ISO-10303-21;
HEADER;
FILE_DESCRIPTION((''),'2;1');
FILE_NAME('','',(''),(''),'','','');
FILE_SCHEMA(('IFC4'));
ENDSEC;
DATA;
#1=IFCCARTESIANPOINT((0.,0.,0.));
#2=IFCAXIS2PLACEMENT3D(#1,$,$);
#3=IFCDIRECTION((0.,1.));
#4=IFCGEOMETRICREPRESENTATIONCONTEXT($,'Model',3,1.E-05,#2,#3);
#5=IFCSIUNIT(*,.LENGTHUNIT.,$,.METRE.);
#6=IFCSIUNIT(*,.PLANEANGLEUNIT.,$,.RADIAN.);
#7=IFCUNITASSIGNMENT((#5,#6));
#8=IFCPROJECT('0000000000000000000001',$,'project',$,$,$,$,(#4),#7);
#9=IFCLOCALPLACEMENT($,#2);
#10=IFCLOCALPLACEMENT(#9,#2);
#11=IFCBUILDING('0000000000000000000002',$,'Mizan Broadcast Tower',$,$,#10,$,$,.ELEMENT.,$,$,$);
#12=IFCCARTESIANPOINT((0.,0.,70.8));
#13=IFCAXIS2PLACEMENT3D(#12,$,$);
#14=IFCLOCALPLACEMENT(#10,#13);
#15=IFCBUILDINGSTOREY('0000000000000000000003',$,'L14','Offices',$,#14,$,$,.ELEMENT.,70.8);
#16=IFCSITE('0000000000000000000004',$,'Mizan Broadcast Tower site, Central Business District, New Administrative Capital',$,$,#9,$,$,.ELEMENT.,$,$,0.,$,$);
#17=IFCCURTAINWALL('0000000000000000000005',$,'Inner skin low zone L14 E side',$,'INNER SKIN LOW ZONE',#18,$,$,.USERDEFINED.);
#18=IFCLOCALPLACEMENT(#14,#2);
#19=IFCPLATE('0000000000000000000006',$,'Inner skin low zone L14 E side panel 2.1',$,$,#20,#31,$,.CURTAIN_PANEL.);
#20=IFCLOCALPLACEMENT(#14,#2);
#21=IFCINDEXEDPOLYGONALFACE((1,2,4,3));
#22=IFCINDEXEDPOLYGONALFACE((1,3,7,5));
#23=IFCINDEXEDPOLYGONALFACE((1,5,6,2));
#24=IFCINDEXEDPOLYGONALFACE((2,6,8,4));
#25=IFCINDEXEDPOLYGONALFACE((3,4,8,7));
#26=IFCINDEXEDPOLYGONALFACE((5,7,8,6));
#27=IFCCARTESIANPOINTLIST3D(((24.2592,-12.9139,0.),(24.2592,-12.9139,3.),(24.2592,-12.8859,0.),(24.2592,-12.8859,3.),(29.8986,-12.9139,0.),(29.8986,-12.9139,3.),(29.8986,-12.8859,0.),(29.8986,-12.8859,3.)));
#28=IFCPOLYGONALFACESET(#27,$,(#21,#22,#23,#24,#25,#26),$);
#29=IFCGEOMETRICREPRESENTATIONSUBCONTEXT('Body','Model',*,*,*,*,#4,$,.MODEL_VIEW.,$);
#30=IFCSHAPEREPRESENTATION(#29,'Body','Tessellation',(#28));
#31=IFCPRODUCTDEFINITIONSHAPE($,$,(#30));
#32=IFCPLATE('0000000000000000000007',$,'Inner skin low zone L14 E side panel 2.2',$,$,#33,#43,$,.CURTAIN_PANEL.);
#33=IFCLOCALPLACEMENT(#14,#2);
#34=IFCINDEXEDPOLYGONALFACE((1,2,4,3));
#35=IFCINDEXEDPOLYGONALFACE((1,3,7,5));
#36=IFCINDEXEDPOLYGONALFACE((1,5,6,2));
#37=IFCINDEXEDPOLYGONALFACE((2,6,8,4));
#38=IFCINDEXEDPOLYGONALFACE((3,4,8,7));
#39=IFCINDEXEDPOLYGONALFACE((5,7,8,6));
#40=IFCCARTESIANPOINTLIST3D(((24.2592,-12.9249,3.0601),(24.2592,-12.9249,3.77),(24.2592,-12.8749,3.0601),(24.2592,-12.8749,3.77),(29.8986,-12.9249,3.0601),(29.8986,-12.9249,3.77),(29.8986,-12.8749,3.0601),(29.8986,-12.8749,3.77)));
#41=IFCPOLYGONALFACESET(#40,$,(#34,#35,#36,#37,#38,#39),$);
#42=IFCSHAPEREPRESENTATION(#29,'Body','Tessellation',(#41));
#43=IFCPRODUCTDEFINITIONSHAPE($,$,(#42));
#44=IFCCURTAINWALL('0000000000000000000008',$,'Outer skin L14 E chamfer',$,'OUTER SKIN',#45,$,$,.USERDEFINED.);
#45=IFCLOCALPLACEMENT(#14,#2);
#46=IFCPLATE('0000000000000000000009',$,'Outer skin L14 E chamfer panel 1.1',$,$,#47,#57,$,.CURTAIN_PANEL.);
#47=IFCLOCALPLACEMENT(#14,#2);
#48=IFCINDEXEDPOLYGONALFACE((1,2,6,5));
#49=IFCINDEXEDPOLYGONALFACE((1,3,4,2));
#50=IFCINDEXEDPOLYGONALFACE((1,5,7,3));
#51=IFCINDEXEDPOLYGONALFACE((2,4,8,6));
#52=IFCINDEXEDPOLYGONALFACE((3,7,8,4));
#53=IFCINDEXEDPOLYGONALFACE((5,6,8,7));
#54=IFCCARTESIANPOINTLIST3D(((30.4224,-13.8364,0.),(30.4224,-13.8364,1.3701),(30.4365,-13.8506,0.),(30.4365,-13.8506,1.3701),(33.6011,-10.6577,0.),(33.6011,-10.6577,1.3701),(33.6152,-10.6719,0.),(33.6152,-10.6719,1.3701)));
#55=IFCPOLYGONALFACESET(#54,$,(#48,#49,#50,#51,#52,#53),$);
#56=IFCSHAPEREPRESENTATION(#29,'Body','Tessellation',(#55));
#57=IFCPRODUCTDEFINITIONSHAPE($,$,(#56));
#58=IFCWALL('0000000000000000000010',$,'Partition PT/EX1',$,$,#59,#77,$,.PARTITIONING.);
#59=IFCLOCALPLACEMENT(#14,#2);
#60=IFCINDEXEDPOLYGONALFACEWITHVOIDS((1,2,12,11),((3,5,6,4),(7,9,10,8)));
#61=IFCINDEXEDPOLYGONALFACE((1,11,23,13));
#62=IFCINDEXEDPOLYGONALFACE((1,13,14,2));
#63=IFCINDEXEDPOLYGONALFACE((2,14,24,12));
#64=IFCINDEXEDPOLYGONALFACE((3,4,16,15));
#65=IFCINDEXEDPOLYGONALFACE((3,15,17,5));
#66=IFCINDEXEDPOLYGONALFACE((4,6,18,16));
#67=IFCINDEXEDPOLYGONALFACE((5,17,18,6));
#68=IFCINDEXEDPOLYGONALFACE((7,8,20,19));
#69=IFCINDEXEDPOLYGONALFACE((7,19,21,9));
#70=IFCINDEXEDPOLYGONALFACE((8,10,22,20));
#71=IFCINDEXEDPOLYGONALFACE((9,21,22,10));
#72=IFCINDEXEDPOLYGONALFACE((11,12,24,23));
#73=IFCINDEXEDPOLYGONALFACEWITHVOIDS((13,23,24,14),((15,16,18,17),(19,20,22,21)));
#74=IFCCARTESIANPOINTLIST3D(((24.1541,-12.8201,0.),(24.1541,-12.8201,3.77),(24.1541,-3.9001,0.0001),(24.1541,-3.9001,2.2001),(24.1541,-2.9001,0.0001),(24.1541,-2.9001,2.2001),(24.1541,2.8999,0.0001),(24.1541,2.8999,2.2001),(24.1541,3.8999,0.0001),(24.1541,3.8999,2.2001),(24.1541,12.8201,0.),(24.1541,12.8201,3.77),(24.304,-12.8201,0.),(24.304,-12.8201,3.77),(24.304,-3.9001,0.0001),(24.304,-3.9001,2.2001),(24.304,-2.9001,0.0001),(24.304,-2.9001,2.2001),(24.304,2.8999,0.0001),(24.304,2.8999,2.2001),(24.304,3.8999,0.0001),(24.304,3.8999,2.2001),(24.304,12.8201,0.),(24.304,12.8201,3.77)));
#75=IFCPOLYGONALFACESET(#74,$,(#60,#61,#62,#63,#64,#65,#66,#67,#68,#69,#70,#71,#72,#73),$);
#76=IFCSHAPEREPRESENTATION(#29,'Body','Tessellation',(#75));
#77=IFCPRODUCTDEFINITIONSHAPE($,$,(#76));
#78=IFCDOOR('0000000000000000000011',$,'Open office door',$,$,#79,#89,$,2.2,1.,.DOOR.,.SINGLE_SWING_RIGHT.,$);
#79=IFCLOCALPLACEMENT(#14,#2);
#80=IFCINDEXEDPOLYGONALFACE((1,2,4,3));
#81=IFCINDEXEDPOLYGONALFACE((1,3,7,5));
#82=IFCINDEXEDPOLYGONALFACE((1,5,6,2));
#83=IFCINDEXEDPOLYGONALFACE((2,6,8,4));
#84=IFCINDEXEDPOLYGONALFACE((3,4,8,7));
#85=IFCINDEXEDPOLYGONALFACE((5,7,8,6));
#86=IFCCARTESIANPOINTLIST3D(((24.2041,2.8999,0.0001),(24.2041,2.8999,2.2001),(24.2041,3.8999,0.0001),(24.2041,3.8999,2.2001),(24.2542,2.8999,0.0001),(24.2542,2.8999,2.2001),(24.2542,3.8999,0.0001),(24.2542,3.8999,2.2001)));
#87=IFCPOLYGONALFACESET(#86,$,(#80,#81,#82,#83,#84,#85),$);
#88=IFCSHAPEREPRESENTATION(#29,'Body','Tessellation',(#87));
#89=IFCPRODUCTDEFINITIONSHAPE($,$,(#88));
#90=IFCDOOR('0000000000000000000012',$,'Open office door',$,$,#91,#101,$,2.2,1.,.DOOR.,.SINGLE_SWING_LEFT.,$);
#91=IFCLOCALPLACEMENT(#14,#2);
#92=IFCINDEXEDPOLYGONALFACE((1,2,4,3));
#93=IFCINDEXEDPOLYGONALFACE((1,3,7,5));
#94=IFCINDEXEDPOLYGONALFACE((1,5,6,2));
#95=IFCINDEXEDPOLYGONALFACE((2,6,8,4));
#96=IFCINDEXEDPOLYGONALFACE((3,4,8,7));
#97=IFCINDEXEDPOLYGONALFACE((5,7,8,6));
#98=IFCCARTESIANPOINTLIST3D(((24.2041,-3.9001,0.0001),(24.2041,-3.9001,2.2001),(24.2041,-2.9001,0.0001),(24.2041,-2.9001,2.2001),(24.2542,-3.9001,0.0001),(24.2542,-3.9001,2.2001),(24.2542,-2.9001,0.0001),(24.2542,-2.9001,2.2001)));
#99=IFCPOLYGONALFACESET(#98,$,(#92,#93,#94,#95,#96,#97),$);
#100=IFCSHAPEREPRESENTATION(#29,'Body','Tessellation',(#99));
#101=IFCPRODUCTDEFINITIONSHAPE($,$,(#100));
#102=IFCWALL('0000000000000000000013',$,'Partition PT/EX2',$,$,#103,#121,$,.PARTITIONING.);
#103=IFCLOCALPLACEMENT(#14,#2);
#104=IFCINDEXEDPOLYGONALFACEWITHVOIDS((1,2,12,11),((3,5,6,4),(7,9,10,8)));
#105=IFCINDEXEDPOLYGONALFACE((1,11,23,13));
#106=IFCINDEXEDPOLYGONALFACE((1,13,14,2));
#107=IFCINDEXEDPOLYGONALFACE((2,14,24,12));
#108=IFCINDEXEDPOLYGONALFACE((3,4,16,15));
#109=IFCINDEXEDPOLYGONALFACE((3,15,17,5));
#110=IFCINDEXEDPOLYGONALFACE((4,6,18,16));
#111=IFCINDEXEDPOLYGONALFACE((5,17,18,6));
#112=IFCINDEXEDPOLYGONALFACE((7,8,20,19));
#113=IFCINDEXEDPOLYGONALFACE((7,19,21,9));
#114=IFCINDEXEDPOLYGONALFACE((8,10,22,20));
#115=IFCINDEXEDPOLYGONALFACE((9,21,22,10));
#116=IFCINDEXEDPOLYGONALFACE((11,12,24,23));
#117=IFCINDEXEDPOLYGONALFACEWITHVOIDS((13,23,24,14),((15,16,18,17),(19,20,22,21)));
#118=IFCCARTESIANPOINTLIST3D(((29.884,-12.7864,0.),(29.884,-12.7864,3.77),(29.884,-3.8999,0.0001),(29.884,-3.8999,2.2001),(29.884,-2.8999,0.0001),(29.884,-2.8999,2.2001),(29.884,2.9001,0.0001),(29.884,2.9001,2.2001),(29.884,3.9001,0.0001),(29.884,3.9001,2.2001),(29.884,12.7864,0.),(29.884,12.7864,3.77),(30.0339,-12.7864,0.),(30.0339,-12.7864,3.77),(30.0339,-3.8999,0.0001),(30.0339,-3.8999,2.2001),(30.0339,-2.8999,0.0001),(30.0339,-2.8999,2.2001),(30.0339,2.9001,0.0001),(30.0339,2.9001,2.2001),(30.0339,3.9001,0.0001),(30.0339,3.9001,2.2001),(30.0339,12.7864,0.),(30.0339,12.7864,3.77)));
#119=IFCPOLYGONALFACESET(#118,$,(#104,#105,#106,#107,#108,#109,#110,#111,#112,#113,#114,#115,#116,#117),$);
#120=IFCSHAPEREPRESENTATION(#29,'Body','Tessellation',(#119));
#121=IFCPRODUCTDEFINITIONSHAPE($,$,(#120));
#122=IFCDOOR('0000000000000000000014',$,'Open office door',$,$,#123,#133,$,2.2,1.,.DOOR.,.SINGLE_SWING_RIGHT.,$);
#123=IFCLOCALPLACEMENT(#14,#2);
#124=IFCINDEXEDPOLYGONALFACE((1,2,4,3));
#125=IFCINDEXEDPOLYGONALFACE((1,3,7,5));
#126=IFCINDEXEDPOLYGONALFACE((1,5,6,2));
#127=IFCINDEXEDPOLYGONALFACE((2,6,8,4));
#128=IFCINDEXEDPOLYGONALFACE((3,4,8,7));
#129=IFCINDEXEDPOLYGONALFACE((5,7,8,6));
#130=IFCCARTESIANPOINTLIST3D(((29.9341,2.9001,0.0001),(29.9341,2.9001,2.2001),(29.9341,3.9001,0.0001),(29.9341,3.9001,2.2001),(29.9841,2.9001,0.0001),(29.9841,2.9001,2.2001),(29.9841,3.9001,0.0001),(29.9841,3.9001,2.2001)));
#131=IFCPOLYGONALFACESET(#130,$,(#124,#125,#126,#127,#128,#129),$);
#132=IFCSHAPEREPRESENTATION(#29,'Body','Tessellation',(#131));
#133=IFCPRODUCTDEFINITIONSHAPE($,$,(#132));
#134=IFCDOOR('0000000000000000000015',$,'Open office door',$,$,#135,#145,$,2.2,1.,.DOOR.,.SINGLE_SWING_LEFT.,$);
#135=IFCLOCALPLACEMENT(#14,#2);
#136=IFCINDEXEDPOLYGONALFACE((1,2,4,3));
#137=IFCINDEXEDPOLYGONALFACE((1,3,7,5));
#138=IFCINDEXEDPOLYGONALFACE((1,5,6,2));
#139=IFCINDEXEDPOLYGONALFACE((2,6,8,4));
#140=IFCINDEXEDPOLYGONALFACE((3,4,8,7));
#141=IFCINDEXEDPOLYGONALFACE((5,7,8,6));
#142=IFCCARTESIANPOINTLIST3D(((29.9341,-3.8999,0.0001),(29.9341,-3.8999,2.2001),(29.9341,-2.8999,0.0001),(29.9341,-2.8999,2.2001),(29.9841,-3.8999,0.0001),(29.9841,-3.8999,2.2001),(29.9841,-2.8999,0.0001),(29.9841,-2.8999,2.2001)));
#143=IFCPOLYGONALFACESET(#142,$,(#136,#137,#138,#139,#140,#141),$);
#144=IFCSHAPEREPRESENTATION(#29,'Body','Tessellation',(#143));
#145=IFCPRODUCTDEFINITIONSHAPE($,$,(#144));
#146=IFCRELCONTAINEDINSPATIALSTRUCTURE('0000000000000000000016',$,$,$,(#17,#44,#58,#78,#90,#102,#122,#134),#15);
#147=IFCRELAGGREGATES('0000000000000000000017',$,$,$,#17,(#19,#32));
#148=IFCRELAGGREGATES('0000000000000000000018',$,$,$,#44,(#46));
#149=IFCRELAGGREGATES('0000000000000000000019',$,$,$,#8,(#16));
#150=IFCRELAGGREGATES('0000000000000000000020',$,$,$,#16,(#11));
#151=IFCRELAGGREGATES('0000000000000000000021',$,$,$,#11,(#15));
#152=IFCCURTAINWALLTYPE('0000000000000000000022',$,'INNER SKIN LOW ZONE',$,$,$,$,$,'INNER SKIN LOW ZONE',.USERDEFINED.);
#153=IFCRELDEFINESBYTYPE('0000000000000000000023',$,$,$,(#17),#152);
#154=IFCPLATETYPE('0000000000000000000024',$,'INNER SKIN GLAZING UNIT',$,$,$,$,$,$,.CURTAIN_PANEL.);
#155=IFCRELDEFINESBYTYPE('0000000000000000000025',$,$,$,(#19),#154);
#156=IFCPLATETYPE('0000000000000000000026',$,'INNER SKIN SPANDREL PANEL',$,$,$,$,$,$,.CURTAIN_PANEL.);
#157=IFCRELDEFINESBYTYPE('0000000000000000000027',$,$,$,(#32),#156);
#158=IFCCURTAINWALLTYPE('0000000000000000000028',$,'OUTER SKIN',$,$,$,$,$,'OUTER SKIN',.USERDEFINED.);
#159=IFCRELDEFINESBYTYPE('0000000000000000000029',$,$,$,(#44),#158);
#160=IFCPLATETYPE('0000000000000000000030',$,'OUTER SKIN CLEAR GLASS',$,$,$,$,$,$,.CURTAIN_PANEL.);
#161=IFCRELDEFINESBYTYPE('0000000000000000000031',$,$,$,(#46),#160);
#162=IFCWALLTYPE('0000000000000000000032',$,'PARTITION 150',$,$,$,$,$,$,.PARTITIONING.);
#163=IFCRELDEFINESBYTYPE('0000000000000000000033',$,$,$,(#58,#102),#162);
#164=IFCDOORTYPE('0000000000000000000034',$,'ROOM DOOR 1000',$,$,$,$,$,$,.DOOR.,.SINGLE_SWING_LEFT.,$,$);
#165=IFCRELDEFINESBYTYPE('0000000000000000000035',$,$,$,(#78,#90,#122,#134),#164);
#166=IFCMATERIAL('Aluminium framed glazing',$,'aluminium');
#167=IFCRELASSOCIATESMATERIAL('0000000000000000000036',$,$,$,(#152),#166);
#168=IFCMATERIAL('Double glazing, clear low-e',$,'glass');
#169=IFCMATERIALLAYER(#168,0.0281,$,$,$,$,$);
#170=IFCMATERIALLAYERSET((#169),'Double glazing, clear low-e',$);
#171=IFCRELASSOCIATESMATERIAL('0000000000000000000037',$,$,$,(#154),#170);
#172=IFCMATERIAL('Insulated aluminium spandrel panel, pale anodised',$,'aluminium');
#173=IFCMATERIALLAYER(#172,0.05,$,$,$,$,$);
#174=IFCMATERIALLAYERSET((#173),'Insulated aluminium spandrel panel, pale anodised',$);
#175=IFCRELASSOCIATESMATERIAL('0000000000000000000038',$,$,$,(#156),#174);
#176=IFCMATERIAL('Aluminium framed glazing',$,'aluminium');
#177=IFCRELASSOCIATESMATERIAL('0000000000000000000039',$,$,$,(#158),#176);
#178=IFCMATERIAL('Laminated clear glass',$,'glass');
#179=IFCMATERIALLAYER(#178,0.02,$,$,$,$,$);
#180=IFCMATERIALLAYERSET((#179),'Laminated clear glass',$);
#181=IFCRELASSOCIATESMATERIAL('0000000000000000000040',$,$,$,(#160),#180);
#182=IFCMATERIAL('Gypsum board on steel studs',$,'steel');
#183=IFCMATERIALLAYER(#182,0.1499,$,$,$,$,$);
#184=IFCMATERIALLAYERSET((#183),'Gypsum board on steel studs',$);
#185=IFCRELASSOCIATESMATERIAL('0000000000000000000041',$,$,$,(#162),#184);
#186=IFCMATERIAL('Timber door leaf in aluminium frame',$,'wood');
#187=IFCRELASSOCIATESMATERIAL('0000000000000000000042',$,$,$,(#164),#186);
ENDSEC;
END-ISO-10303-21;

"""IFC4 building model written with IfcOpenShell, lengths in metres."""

from ifc_helpers import new_model, si_unit, direction, frame, frame_2d, origin, origin_2d, place, context, subcontext, project, spatial, rectangle, extrude, material, layer, layer_set, type_object, element, fill, aggregate, save


model = new_model("IFC4")

# Units and contexts
model_context = context("Model", 3, precision=1e-05, world=origin(), true_north=direction((0.0, 1.0)))
body_context = subcontext(model_context, "Body", "Model", "MODEL_VIEW")
ifc_project = project(units=[si_unit("LENGTHUNIT", "METRE"), si_unit("PLANEANGLEUNIT", "RADIAN")], contexts=[model_context])

# Site, building, storey
site_placement = place(None, origin())
site = spatial("IfcSite", under=ifc_project, at=site_placement, Name="Mizan Broadcast Tower site, Central Business District, New Administrative Capital", CompositionType="ELEMENT", RefElevation=0.0)
building_placement = place(site_placement, origin())
building = spatial("IfcBuilding", under=site, at=building_placement, Name="Mizan Broadcast Tower", CompositionType="ELEMENT")
storey_placement = place(building_placement, frame((0.0, 0.0, 70.8)))
storey = spatial("IfcBuildingStorey", under=building, at=storey_placement, Name="L14", Description="Offices", CompositionType="ELEMENT", Elevation=70.8)

# Curtain wall
ifc_material_1 = material(Name="Aluminium framed glazing", Category="aluminium")
curtain_wall_type_1 = type_object("IfcCurtainWallType", Name="INNER SKIN LOW ZONE", ElementType="INNER SKIN LOW ZONE", PredefinedType="USERDEFINED", material=ifc_material_1)
curtain_wall_1_placement = place(storey_placement, origin())
curtain_wall_1 = element("IfcCurtainWall", 1, at=curtain_wall_1_placement, inside=storey, type_object=curtain_wall_type_1, Name="Inner skin low zone L14 E side", ObjectType="INNER SKIN LOW ZONE", PredefinedType="USERDEFINED")

# Plates
ifc_material_2 = material(Name="Double glazing, clear low-e", Category="glass")
ifc_layer_1 = layer(ifc_material_2, 0.0281)
ifc_layer_set_1 = layer_set([ifc_layer_1], Name="Double glazing, clear low-e")
plate_type_1 = type_object("IfcPlateType", Name="INNER SKIN GLAZING UNIT", PredefinedType="CURTAIN_PANEL", material=ifc_layer_set_1)
plate_1_placement = place(storey_placement, frame((27.0789, -12.8999, 0.0), z_axis=(0.0, 0.0, 1.0), x_axis=(1.0, 0.0, 0.0)))
plate_1 = element("IfcPlate", 2, at=plate_1_placement, type_object=plate_type_1, Name="Inner skin low zone L14 E side panel 2.1", PredefinedType="CURTAIN_PANEL", context=body_context, shape_type="SweptSolid", body=[
    extrude(rectangle(XDim=5.6394, YDim=0.0281, at=origin_2d()), origin(), (0.0, 0.0, 1.0), 3.0),
])
ifc_material_3 = material(Name="Insulated aluminium spandrel panel, pale anodised", Category="aluminium")
ifc_layer_2 = layer(ifc_material_3, 0.05)
ifc_layer_set_2 = layer_set([ifc_layer_2], Name="Insulated aluminium spandrel panel, pale anodised")
plate_type_2 = type_object("IfcPlateType", Name="INNER SKIN SPANDREL PANEL", PredefinedType="CURTAIN_PANEL", material=ifc_layer_set_2)
plate_2_placement = place(storey_placement, frame((27.0789, -12.8999, 3.0601), z_axis=(0.0, 0.0, 1.0), x_axis=(1.0, 0.0, 0.0)))
plate_2 = element("IfcPlate", 3, at=plate_2_placement, type_object=plate_type_2, Name="Inner skin low zone L14 E side panel 2.2", PredefinedType="CURTAIN_PANEL", context=body_context, shape_type="SweptSolid", body=[
    extrude(rectangle(XDim=5.6394, YDim=0.05, at=origin_2d()), origin(), (0.0, 0.0, 1.0), 0.71),
])
aggregate(curtain_wall_1, [plate_1, plate_2])

# Curtain wall, plate
ifc_material_4 = material(Name="Aluminium framed glazing", Category="aluminium")
curtain_wall_type_2 = type_object("IfcCurtainWallType", Name="OUTER SKIN", ElementType="OUTER SKIN", PredefinedType="USERDEFINED", material=ifc_material_4)
curtain_wall_2_placement = place(storey_placement, origin())
curtain_wall_2 = element("IfcCurtainWall", 4, at=curtain_wall_2_placement, inside=storey, type_object=curtain_wall_type_2, Name="Outer skin L14 E chamfer", ObjectType="OUTER SKIN", PredefinedType="USERDEFINED")
ifc_material_5 = material(Name="Laminated clear glass", Category="glass")
ifc_layer_3 = layer(ifc_material_5, 0.02)
ifc_layer_set_3 = layer_set([ifc_layer_3], Name="Laminated clear glass")
plate_type_3 = type_object("IfcPlateType", Name="OUTER SKIN CLEAR GLASS", PredefinedType="CURTAIN_PANEL", material=ifc_layer_set_3)
plate_3_placement = place(storey_placement, frame((32.0188, -12.2542, 0.0), z_axis=(0.0, 0.0, 1.0), x_axis=(0.707107, 0.707107, 0.0)))
plate_3 = element("IfcPlate", 5, at=plate_3_placement, type_object=plate_type_3, Name="Outer skin L14 E chamfer panel 1.1", PredefinedType="CURTAIN_PANEL", context=body_context, shape_type="SweptSolid", body=[
    extrude(rectangle(XDim=4.4954, YDim=0.02, at=origin_2d()), origin(), (0.0, 0.0, 1.0), 1.3701),
])
aggregate(curtain_wall_2, [plate_3])

# Walls, openings, doors
ifc_material_6 = material(Name="Gypsum board on steel studs", Category="steel")
ifc_layer_4 = layer(ifc_material_6, 0.1499)
ifc_layer_set_4 = layer_set([ifc_layer_4], Name="Gypsum board on steel studs")
wall_type = type_object("IfcWallType", Name="PARTITION 150", PredefinedType="PARTITIONING", material=ifc_layer_set_4)
wall_1_placement = place(storey_placement, frame((24.229, -12.8201, 0.0), z_axis=(0.0, 0.0, 1.0), x_axis=(0.0, 1.0, 0.0)))
wall_1 = element("IfcWall", 6, at=wall_1_placement, inside=storey, type_object=wall_type, Name="Partition PT/EX1", PredefinedType="PARTITIONING", context=body_context, shape_type="SweptSolid", body=[
    extrude(rectangle(XDim=25.6401, YDim=0.1499, at=frame_2d((12.8201, 0.0))), origin(), (0.0, 0.0, 1.0), 3.77),
])
opening_1_placement = place(wall_1_placement, frame((15.72, 0.0, 0.0)))
opening_1 = element("IfcOpeningElement", 7, at=opening_1_placement, cuts=wall_1, PredefinedType="OPENING", context=body_context, shape_type="SweptSolid", body=[
    extrude(rectangle(XDim=1.0, YDim=2.2, at=frame_2d((0.5, 1.1001))), frame((0.0, 0.085, 0.0), z_axis=(0.0, -1.0, 0.0), x_axis=(1.0, 0.0, 0.0)), (0.0, 0.0, 1.0), 0.1699),
])
opening_2_placement = place(wall_1_placement, frame((8.9199, 0.0, 0.0)))
opening_2 = element("IfcOpeningElement", 8, at=opening_2_placement, cuts=wall_1, PredefinedType="OPENING", context=body_context, shape_type="SweptSolid", body=[
    extrude(rectangle(XDim=1.0, YDim=2.2, at=frame_2d((0.5, 1.1001))), frame((0.0, 0.085, 0.0), z_axis=(0.0, -1.0, 0.0), x_axis=(1.0, 0.0, 0.0)), (0.0, 0.0, 1.0), 0.1699),
])
ifc_material_7 = material(Name="Timber door leaf in aluminium frame", Category="wood")
door_type = type_object("IfcDoorType", Name="ROOM DOOR 1000", OperationType="SINGLE_SWING_LEFT", PredefinedType="DOOR", material=ifc_material_7)
door_1_placement = place(opening_1_placement, origin())
door_1 = element("IfcDoor", 9, at=door_1_placement, inside=storey, type_object=door_type, Name="Open office door", OperationType="SINGLE_SWING_RIGHT", OverallHeight=2.2, OverallWidth=1.0, PredefinedType="DOOR", context=body_context, shape_type="SweptSolid", body=[
    extrude(rectangle(XDim=1.0, YDim=2.2, at=frame_2d((0.5, 1.1001))), frame((0.0, 0.0249, 0.0), z_axis=(0.0, -1.0, 0.0), x_axis=(1.0, 0.0, 0.0)), (0.0, 0.0, 1.0), 0.05),
])
fill(opening_1, door_1)
door_2_placement = place(opening_2_placement, origin())
door_2 = element("IfcDoor", 10, at=door_2_placement, inside=storey, type_object=door_type, Name="Open office door", OperationType="SINGLE_SWING_LEFT", OverallHeight=2.2, OverallWidth=1.0, PredefinedType="DOOR", context=body_context, shape_type="SweptSolid", body=[
    extrude(rectangle(XDim=1.0, YDim=2.2, at=frame_2d((0.5, 1.1001))), frame((0.0, 0.0249, 0.0), z_axis=(0.0, -1.0, 0.0), x_axis=(1.0, 0.0, 0.0)), (0.0, 0.0, 1.0), 0.05),
])
fill(opening_2, door_2)
wall_2_placement = place(storey_placement, frame((29.959, -12.7864, 0.0), z_axis=(0.0, 0.0, 1.0), x_axis=(0.0, 1.0, 0.0)))
wall_2 = element("IfcWall", 11, at=wall_2_placement, inside=storey, type_object=wall_type, Name="Partition PT/EX2", PredefinedType="PARTITIONING", context=body_context, shape_type="SweptSolid", body=[
    extrude(rectangle(XDim=25.5728, YDim=0.1499, at=frame_2d((12.7864, 0.0))), origin(), (0.0, 0.0, 1.0), 3.77),
])
opening_3_placement = place(wall_2_placement, frame((15.6865, 0.0, 0.0)))
opening_3 = element("IfcOpeningElement", 12, at=opening_3_placement, cuts=wall_2, PredefinedType="OPENING", context=body_context, shape_type="SweptSolid", body=[
    extrude(rectangle(XDim=1.0, YDim=2.2, at=frame_2d((0.5, 1.1001))), frame((0.0, 0.085, 0.0), z_axis=(0.0, -1.0, 0.0), x_axis=(1.0, 0.0, 0.0)), (0.0, 0.0, 1.0), 0.1699),
])
opening_4_placement = place(wall_2_placement, frame((8.8865, 0.0, 0.0)))
opening_4 = element("IfcOpeningElement", 13, at=opening_4_placement, cuts=wall_2, PredefinedType="OPENING", context=body_context, shape_type="SweptSolid", body=[
    extrude(rectangle(XDim=1.0, YDim=2.2, at=frame_2d((0.5, 1.1001))), frame((0.0, 0.085, 0.0), z_axis=(0.0, -1.0, 0.0), x_axis=(1.0, 0.0, 0.0)), (0.0, 0.0, 1.0), 0.1699),
])
door_3_placement = place(opening_3_placement, origin())
door_3 = element("IfcDoor", 14, at=door_3_placement, inside=storey, type_object=door_type, Name="Open office door", OperationType="SINGLE_SWING_RIGHT", OverallHeight=2.2, OverallWidth=1.0, PredefinedType="DOOR", context=body_context, shape_type="SweptSolid", body=[
    extrude(rectangle(XDim=1.0, YDim=2.2, at=frame_2d((0.5, 1.1001))), frame((0.0, 0.0249, 0.0), z_axis=(0.0, -1.0, 0.0), x_axis=(1.0, 0.0, 0.0)), (0.0, 0.0, 1.0), 0.05),
])
fill(opening_3, door_3)
door_4_placement = place(opening_4_placement, origin())
door_4 = element("IfcDoor", 15, at=door_4_placement, inside=storey, type_object=door_type, Name="Open office door", OperationType="SINGLE_SWING_LEFT", OverallHeight=2.2, OverallWidth=1.0, PredefinedType="DOOR", context=body_context, shape_type="SweptSolid", body=[
    extrude(rectangle(XDim=1.0, YDim=2.2, at=frame_2d((0.5, 1.1001))), frame((0.0, 0.0249, 0.0), z_axis=(0.0, -1.0, 0.0), x_axis=(1.0, 0.0, 0.0)), (0.0, 0.0, 1.0), 0.05),
])
fill(opening_4, door_4)

save(model, "model.ifc")
